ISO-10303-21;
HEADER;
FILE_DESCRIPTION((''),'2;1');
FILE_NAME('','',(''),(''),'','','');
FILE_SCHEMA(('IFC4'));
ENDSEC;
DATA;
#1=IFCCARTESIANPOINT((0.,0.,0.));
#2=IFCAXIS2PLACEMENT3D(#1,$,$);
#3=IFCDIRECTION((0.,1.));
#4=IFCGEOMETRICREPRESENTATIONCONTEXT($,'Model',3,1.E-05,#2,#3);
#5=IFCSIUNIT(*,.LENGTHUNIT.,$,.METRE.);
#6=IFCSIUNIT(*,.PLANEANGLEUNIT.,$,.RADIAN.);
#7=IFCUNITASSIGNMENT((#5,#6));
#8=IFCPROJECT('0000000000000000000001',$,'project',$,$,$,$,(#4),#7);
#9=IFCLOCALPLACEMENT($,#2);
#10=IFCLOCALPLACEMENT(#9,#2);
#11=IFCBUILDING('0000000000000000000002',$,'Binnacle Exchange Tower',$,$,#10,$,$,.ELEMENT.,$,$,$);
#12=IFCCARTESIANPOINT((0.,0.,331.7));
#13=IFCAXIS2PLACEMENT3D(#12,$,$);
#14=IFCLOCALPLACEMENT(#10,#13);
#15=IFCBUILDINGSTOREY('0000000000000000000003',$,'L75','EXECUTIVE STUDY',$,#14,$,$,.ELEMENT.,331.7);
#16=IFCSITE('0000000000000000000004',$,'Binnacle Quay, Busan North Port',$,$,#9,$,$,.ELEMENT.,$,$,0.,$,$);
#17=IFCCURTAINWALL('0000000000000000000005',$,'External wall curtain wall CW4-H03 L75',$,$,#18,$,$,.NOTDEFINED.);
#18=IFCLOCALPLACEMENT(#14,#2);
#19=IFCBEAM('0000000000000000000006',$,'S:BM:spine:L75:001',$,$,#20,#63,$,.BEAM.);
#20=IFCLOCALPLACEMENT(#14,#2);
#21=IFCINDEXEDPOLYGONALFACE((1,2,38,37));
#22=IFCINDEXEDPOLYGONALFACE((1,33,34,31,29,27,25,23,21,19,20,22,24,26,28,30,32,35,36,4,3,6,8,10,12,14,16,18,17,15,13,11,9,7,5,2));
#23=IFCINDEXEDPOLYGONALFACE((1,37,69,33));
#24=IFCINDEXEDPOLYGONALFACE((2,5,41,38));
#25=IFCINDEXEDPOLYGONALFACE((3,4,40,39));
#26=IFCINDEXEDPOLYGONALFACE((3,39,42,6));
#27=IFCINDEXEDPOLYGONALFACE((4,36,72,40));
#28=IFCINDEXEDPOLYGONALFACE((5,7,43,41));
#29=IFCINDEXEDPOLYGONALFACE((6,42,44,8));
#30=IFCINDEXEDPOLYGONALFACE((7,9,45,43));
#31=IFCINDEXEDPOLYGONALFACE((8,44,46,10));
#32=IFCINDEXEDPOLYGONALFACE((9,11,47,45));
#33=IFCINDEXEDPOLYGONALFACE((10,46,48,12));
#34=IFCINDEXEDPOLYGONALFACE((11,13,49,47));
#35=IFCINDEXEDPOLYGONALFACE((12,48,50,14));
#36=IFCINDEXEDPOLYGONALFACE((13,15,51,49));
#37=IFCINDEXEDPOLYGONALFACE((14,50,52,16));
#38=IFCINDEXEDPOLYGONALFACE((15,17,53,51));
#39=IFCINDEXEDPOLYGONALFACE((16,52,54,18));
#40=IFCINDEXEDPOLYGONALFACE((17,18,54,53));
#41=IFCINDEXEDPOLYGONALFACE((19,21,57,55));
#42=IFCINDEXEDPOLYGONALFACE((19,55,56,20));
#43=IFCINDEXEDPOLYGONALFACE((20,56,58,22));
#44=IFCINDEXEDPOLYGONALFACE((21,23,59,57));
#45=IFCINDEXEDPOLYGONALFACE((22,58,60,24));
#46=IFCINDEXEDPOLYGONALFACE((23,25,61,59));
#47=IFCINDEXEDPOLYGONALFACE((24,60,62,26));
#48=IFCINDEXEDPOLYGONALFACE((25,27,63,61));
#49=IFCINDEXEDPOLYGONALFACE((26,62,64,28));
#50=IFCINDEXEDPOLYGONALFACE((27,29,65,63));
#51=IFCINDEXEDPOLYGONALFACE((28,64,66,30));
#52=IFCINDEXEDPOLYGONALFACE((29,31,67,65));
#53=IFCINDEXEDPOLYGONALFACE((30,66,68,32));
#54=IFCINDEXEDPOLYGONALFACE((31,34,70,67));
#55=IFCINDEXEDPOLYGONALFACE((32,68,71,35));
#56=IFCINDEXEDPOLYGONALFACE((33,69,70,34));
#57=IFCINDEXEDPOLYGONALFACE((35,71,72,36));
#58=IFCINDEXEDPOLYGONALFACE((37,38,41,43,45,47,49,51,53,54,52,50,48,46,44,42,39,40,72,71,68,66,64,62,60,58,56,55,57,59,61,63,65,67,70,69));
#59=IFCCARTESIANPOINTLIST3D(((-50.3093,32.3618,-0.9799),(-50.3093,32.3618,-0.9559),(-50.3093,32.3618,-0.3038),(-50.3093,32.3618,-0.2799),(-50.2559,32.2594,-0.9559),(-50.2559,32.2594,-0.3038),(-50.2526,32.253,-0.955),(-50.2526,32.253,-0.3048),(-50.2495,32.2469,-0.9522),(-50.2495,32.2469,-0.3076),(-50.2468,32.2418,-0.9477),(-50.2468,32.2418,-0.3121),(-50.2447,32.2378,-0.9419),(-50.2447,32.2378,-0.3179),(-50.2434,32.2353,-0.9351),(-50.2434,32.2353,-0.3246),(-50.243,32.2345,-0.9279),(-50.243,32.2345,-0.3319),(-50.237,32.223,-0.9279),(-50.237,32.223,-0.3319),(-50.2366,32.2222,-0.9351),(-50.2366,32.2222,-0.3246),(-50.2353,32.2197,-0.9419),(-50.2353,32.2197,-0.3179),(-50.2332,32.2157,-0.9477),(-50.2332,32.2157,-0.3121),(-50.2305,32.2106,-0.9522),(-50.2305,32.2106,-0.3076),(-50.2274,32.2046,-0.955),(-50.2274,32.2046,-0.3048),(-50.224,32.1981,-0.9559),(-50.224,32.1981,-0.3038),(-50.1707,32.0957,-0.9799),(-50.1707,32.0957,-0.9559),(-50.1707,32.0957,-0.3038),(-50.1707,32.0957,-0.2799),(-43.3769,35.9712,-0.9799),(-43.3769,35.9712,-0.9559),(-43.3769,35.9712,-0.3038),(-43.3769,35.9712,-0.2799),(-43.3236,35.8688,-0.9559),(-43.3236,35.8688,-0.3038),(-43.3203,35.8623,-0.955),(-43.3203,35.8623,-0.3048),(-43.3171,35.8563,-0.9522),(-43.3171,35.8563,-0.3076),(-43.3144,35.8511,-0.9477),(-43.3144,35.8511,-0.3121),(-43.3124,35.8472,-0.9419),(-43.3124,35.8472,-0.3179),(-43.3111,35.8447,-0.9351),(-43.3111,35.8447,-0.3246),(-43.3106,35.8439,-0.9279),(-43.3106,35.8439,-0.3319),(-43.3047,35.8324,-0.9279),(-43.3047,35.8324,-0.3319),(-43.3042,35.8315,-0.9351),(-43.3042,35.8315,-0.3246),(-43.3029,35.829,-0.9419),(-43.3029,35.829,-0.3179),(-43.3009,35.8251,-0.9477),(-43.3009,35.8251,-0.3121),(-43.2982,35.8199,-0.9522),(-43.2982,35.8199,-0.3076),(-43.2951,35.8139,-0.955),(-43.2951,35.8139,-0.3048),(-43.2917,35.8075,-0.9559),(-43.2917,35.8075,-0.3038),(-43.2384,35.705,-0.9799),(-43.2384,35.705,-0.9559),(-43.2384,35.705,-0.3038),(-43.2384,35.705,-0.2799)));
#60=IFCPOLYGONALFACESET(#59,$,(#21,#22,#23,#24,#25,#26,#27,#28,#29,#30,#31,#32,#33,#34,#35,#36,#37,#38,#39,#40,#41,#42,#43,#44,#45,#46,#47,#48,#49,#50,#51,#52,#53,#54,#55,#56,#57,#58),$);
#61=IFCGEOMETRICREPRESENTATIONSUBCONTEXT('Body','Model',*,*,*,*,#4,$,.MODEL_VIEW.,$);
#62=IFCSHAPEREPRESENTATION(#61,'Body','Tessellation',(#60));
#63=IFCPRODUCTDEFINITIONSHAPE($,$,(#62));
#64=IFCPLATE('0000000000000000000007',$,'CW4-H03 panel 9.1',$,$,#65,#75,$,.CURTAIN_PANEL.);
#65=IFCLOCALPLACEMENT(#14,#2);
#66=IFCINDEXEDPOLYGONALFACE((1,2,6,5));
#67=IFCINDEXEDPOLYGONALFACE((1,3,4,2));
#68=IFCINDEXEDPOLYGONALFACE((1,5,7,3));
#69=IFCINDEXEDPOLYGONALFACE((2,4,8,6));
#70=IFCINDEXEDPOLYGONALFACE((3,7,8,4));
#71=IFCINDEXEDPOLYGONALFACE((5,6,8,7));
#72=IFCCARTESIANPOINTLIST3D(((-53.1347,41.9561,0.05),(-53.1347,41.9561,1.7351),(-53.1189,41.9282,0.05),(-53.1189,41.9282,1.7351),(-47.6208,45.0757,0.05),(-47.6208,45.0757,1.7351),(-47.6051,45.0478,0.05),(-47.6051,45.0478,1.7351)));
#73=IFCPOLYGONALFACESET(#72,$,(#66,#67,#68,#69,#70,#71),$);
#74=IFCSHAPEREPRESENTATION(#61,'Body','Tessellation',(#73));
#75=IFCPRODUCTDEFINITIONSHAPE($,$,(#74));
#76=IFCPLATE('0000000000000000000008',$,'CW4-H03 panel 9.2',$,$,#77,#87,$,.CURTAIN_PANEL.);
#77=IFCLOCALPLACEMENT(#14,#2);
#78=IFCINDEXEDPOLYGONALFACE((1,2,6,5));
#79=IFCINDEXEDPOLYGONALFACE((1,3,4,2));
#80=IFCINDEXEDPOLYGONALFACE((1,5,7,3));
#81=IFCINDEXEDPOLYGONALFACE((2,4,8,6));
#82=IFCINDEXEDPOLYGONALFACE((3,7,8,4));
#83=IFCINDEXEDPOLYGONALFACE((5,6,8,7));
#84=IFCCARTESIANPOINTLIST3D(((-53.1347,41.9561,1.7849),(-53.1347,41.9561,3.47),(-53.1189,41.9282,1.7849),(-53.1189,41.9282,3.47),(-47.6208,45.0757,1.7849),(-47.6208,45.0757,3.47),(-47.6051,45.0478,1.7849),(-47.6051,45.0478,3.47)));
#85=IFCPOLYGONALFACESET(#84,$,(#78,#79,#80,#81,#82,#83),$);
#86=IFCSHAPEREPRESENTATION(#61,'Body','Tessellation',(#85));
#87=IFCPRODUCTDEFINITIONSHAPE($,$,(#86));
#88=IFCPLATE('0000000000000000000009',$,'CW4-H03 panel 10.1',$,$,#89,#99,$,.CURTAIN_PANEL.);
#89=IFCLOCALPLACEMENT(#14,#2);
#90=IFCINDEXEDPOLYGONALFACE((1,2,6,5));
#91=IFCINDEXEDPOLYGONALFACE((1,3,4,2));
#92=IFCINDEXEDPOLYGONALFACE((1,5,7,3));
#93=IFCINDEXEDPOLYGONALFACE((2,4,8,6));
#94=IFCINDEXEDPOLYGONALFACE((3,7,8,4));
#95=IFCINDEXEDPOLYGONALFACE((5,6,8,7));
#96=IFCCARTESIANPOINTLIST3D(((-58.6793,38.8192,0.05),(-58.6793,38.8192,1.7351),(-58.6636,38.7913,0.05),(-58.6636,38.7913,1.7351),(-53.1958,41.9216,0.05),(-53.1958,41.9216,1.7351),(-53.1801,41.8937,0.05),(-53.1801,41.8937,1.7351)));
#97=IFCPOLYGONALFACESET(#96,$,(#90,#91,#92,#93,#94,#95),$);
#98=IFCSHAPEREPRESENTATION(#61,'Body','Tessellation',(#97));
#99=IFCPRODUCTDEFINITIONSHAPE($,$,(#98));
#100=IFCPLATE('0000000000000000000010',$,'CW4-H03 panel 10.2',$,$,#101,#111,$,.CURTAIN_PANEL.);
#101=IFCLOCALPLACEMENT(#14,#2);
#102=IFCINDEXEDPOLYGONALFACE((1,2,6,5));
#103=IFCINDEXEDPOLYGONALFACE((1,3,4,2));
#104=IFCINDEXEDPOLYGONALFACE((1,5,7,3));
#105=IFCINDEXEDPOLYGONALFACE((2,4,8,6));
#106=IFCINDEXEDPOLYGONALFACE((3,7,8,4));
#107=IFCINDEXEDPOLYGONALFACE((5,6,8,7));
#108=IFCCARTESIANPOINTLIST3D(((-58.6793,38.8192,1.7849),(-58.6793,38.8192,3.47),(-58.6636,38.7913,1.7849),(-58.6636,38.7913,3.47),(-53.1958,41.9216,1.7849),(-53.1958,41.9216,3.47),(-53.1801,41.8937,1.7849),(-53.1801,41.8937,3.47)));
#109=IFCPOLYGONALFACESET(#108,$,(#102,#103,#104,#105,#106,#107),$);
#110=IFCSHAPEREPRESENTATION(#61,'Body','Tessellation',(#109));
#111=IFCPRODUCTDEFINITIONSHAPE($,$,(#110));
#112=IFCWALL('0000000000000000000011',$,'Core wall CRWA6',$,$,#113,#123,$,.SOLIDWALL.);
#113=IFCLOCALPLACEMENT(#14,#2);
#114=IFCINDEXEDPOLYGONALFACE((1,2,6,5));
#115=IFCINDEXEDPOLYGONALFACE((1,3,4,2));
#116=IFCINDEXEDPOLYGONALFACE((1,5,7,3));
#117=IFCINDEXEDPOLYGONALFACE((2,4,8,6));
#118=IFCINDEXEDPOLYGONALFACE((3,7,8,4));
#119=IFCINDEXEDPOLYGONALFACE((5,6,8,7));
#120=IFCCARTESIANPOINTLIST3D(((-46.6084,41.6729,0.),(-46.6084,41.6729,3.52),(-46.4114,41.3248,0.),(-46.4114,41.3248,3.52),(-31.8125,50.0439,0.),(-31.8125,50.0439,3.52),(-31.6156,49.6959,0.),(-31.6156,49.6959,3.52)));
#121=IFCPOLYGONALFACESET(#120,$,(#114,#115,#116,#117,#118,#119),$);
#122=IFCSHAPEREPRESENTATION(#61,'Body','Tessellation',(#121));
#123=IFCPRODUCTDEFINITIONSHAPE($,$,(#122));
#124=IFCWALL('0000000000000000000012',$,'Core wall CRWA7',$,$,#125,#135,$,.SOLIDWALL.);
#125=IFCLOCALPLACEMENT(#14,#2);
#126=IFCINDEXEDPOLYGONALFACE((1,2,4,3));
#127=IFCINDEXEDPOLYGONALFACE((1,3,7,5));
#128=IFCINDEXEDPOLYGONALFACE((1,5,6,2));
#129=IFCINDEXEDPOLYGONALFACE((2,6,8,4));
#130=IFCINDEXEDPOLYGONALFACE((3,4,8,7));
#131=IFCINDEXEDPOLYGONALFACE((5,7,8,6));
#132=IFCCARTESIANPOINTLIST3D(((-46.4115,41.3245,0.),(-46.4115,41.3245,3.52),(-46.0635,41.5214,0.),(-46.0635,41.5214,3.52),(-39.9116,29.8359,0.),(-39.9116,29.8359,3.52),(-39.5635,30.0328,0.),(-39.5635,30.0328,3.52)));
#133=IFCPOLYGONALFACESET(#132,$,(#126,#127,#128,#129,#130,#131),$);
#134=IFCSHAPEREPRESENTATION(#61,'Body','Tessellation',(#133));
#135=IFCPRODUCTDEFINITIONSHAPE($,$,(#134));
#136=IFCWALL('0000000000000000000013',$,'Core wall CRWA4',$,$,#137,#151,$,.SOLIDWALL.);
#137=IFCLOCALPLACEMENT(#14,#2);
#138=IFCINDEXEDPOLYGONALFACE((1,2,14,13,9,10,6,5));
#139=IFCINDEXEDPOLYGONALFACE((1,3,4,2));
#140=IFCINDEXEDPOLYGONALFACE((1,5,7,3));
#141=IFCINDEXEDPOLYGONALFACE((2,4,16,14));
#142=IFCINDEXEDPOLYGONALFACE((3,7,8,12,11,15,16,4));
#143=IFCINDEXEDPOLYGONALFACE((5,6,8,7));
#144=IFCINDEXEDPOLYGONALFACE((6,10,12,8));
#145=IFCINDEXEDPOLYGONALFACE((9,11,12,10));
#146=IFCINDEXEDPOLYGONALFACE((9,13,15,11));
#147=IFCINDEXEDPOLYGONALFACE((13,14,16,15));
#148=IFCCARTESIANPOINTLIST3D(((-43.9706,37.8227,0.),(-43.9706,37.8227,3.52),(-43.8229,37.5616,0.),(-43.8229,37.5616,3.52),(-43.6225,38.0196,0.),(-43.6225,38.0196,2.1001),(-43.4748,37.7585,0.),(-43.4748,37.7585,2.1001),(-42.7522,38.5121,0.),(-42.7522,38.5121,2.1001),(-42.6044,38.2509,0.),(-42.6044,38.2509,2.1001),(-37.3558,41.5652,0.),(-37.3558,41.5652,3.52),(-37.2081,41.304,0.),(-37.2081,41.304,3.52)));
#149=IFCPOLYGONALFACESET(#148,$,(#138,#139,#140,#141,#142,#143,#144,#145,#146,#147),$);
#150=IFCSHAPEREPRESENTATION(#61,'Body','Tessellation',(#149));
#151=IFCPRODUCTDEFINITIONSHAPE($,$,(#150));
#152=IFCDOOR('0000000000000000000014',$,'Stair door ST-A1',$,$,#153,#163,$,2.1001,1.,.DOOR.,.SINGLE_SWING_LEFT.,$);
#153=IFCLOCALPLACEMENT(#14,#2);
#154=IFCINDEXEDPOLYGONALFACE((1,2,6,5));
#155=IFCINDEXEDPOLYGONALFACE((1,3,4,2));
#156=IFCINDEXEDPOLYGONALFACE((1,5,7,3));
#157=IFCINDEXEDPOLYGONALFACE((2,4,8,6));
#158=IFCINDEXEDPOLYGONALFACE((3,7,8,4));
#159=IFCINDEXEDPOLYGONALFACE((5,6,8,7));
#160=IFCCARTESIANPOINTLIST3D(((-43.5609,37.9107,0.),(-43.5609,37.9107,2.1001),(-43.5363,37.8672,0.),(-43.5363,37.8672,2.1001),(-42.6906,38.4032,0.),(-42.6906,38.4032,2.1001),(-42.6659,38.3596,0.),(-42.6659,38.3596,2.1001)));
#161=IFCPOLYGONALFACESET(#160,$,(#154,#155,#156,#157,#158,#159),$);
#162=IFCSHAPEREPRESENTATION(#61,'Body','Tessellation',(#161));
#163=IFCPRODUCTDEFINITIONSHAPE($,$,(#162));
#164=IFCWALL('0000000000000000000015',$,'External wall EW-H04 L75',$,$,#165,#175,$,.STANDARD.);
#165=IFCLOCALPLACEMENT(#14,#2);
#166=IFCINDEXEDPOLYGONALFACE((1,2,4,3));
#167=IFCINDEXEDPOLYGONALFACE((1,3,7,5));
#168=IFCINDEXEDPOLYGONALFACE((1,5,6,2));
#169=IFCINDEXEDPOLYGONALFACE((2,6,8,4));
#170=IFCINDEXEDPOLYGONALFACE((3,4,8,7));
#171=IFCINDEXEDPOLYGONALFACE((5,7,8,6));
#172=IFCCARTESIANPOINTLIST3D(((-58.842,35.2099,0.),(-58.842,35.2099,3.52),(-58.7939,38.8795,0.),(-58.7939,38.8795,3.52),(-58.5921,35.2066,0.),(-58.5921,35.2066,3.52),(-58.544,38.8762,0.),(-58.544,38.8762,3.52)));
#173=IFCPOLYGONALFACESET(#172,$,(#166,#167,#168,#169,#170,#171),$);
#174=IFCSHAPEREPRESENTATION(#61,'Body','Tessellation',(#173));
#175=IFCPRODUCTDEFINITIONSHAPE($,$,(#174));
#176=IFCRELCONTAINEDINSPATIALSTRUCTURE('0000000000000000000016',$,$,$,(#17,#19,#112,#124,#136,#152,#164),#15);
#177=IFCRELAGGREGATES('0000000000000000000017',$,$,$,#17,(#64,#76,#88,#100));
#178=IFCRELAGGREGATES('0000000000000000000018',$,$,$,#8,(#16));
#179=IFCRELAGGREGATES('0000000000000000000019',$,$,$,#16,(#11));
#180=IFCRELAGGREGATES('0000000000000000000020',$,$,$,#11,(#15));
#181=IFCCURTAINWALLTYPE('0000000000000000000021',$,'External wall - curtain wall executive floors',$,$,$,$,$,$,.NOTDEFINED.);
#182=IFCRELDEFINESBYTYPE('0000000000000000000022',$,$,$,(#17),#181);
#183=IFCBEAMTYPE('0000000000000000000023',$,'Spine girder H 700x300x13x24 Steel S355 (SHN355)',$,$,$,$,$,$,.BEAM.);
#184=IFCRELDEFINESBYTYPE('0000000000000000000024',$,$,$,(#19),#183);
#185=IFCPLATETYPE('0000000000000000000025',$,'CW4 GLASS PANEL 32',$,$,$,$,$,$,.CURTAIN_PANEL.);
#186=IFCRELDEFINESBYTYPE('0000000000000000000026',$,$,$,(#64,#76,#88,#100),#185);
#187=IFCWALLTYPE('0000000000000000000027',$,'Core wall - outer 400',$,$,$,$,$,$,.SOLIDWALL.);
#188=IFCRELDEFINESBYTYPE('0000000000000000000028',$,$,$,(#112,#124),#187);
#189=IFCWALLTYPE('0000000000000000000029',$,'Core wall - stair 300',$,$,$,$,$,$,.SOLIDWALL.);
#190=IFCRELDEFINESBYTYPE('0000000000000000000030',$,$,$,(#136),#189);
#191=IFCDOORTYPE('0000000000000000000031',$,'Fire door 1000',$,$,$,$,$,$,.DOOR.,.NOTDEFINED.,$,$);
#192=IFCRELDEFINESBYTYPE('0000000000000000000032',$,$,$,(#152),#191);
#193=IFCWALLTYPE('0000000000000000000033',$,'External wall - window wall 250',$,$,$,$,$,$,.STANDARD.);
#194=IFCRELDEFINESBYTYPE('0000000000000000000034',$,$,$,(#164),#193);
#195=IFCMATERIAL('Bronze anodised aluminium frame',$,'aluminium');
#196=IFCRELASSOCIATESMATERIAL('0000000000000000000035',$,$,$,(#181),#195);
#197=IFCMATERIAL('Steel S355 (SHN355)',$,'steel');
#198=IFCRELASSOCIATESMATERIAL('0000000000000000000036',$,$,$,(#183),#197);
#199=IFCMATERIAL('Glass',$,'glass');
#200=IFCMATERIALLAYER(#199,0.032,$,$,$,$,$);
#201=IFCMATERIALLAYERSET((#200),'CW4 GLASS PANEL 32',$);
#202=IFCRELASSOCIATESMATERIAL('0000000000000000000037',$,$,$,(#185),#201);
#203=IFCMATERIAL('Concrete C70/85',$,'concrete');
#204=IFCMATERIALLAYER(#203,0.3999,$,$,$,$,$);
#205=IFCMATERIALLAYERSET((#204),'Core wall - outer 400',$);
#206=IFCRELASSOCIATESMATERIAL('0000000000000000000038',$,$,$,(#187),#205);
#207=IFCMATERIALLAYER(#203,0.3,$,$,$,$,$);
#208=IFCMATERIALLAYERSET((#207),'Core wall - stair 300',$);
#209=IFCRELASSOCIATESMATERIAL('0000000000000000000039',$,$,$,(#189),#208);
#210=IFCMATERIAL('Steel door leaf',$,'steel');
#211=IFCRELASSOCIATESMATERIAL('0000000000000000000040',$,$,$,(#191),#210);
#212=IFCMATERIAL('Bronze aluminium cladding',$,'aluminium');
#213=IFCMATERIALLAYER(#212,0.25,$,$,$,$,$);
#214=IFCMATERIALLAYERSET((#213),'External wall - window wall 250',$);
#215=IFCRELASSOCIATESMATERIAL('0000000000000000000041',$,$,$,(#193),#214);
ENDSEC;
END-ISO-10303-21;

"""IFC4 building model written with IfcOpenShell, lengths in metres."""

from ifc_helpers import new_model, si_unit, direction, frame, frame_2d, origin, origin_2d, place, context, subcontext, project, spatial, rectangle, i_section, extrude, material, layer, layer_set, material_profile, profile_set, type_object, element, fill, aggregate, save


model = new_model("IFC4")

# Units and contexts
model_context = context("Model", 3, precision=1e-05, world=origin(), true_north=direction((0.0, 1.0)))
body_context = subcontext(model_context, "Body", "Model", "MODEL_VIEW")
ifc_project = project(units=[si_unit("LENGTHUNIT", "METRE"), si_unit("PLANEANGLEUNIT", "RADIAN")], contexts=[model_context])

# Site, building, storey
site_placement = place(None, origin())
site = spatial("IfcSite", under=ifc_project, at=site_placement, Name="Binnacle Quay, Busan North Port", CompositionType="ELEMENT", RefElevation=0.0)
building_placement = place(site_placement, origin())
building = spatial("IfcBuilding", under=site, at=building_placement, Name="Binnacle Exchange Tower", CompositionType="ELEMENT")
storey_placement = place(building_placement, frame((0.0, 0.0, 331.7)))
storey = spatial("IfcBuildingStorey", under=building, at=storey_placement, Name="L75", Description="EXECUTIVE STUDY", CompositionType="ELEMENT", Elevation=331.7)

# Curtain wall
ifc_material_1 = material(Name="Bronze anodised aluminium frame", Category="aluminium")
curtain_wall_type = type_object("IfcCurtainWallType", Name="External wall - curtain wall executive floors", PredefinedType="NOTDEFINED", material=ifc_material_1)
curtain_wall_placement = place(storey_placement, origin())
curtain_wall = element("IfcCurtainWall", 1, at=curtain_wall_placement, inside=storey, type_object=curtain_wall_type, Name="External wall curtain wall CW4-H03 L75", PredefinedType="NOTDEFINED")

# Beam
ifc_material_2 = material(Name="Steel S355 (SHN355)", Category="steel")
ifc_material_profile_1 = material_profile(ifc_material_2, i_section(OverallWidth=0.3, OverallDepth=0.7, WebThickness=0.0129, FlangeThickness=0.0239, FilletRadius=0.0281, at=origin_2d()), Name="H 700x300x13x24")
ifc_profile_set_1 = profile_set([ifc_material_profile_1], Name="Steel S355 (SHN355)")
beam_type_1 = type_object("IfcBeamType", Name="Spine girder H 700x300x13x24 Steel S355 (SHN355)", PredefinedType="BEAM", material=ifc_profile_set_1)
beam_1_placement = place(storey_placement, frame((-50.24, 32.2288, -0.6299), z_axis=(0.886979, 0.46181, 0.0), x_axis=(-0.46181, 0.886979, 0.0)))
element("IfcBeam", 2, at=beam_1_placement, inside=storey, type_object=beam_type_1, Name="S:BM:spine:L75:001", PredefinedType="BEAM", context=body_context, shape_type="SweptSolid", body=[
    extrude(i_section(OverallWidth=0.3, OverallDepth=0.7, WebThickness=0.0129, FlangeThickness=0.0239, FilletRadius=0.0281, at=origin_2d()), origin(), (0.0, 0.0, 1.0), 7.8157),
])

# Plates
ifc_material_3 = material(Name="Glass", Category="glass")
ifc_layer_1 = layer(ifc_material_3, 0.032)
ifc_layer_set_1 = layer_set([ifc_layer_1], Name="CW4 GLASS PANEL 32")
plate_type = type_object("IfcPlateType", Name="CW4 GLASS PANEL 32", PredefinedType="CURTAIN_PANEL", material=ifc_layer_set_1)
plate_1_placement = place(storey_placement, frame((-50.3699, 43.502, 0.05), z_axis=(0.0, 0.0, 1.0), x_axis=(-0.870356, -0.492424, 0.0)))
plate_1 = element("IfcPlate", 3, at=plate_1_placement, type_object=plate_type, Name="CW4-H03 panel 9.1", PredefinedType="CURTAIN_PANEL", context=body_context, shape_type="SweptSolid", body=[
    extrude(rectangle(XDim=6.3352, YDim=0.032, at=origin_2d()), origin(), (0.0, 0.0, 1.0), 1.6851),
])
plate_2_placement = place(storey_placement, frame((-50.3699, 43.502, 1.7849), z_axis=(0.0, 0.0, 1.0), x_axis=(-0.870356, -0.492424, 0.0)))
plate_2 = element("IfcPlate", 4, at=plate_2_placement, type_object=plate_type, Name="CW4-H03 panel 9.2", PredefinedType="CURTAIN_PANEL", context=body_context, shape_type="SweptSolid", body=[
    extrude(rectangle(XDim=6.3352, YDim=0.032, at=origin_2d()), origin(), (0.0, 0.0, 1.0), 1.6851),
])
plate_3_placement = place(storey_placement, frame((-55.9297, 40.3564, 0.05), z_axis=(0.0, 0.0, 1.0), x_axis=(-0.870356, -0.492424, 0.0)))
plate_3 = element("IfcPlate", 5, at=plate_3_placement, type_object=plate_type, Name="CW4-H03 panel 10.1", PredefinedType="CURTAIN_PANEL", context=body_context, shape_type="SweptSolid", body=[
    extrude(rectangle(XDim=6.3003, YDim=0.032, at=origin_2d()), origin(), (0.0, 0.0, 1.0), 1.6851),
])
plate_4_placement = place(storey_placement, frame((-55.9297, 40.3564, 1.7849), z_axis=(0.0, 0.0, 1.0), x_axis=(-0.870356, -0.492424, 0.0)))
plate_4 = element("IfcPlate", 6, at=plate_4_placement, type_object=plate_type, Name="CW4-H03 panel 10.2", PredefinedType="CURTAIN_PANEL", context=body_context, shape_type="SweptSolid", body=[
    extrude(rectangle(XDim=6.3003, YDim=0.032, at=origin_2d()), origin(), (0.0, 0.0, 1.0), 1.6851),
])
aggregate(curtain_wall, [plate_1, plate_2, plate_3, plate_4])

# Walls
ifc_material_4 = material(Name="Concrete C70/85", Category="concrete")
ifc_layer_2 = layer(ifc_material_4, 0.3999)
ifc_layer_set_2 = layer_set([ifc_layer_2], Name="Core wall - outer 400")
wall_type_1 = type_object("IfcWallType", Name="Core wall - outer 400", PredefinedType="SOLIDWALL", material=ifc_layer_set_2)
wall_1_placement = place(storey_placement, frame((-46.51, 41.4988, 0.0), z_axis=(0.0, 0.0, 1.0), x_axis=(0.870356, 0.492423, 0.0)))
element("IfcWall", 7, at=wall_1_placement, inside=storey, type_object=wall_type_1, Name="Core wall CRWA6", PredefinedType="SOLIDWALL", context=body_context, shape_type="SweptSolid", body=[
    extrude(rectangle(XDim=16.9998, YDim=0.3999, at=frame_2d((8.5, 0.0))), origin(), (0.0, 0.0, 1.0), 3.52),
])
wall_2_placement = place(storey_placement, frame((-46.2375, 41.4231, 0.0), z_axis=(0.0, 0.0, 1.0), x_axis=(0.492422, -0.870357, 0.0)))
element("IfcWall", 8, at=wall_2_placement, inside=storey, type_object=wall_type_1, Name="Core wall CRWA7", PredefinedType="SOLIDWALL", context=body_context, shape_type="SweptSolid", body=[
    extrude(rectangle(XDim=13.2, YDim=0.3999, at=frame_2d((6.6001, 0.0))), origin(), (0.0, 0.0, 1.0), 3.52),
])

# Wall, opening, door
ifc_layer_3 = layer(ifc_material_4, 0.3)
ifc_layer_set_3 = layer_set([ifc_layer_3], Name="Core wall - stair 300")
wall_type_2 = type_object("IfcWallType", Name="Core wall - stair 300", PredefinedType="SOLIDWALL", material=ifc_layer_set_3)
wall_3_placement = place(storey_placement, frame((-43.8967, 37.6921, 0.0), z_axis=(0.0, 0.0, 1.0), x_axis=(0.870356, 0.492422, 0.0)))
wall_3 = element("IfcWall", 9, at=wall_3_placement, inside=storey, type_object=wall_type_2, Name="Core wall CRWA4", PredefinedType="SOLIDWALL", context=body_context, shape_type="SweptSolid", body=[
    extrude(rectangle(XDim=7.6001, YDim=0.3, at=frame_2d((3.8, 0.0))), origin(), (0.0, 0.0, 1.0), 3.52),
])
opening_1_placement = place(wall_3_placement, frame((0.3999, 0.0, 0.0)))
opening_1 = element("IfcOpeningElement", 10, at=opening_1_placement, cuts=wall_3, PredefinedType="OPENING", context=body_context, shape_type="SweptSolid", body=[
    extrude(rectangle(XDim=1.0, YDim=2.1001, at=frame_2d((0.5, 1.05))), frame((0.0, 0.1599, 0.0), z_axis=(0.0, -1.0, 0.0), x_axis=(1.0, 0.0, 0.0)), (0.0, 0.0, 1.0), 0.3201),
])
ifc_material_5 = material(Name="Steel door leaf", Category="steel")
door_type = type_object("IfcDoorType", Name="Fire door 1000", OperationType="NOTDEFINED", PredefinedType="DOOR", material=ifc_material_5)
door_placement = place(opening_1_placement, origin())
door = element("IfcDoor", 11, at=door_placement, inside=storey, type_object=door_type, Name="Stair door ST-A1", OperationType="SINGLE_SWING_LEFT", OverallHeight=2.1001, OverallWidth=1.0, PredefinedType="DOOR", context=body_context, shape_type="SweptSolid", body=[
    extrude(rectangle(XDim=1.0, YDim=2.1001, at=frame_2d((0.5, 1.05))), frame((0.0, 0.0249, 0.0), z_axis=(0.0, -1.0, 0.0), x_axis=(1.0, 0.0, 0.0)), (0.0, 0.0, 1.0), 0.05),
])
fill(opening_1, door)

# Wall
ifc_material_6 = material(Name="Bronze aluminium cladding", Category="aluminium")
ifc_layer_4 = layer(ifc_material_6, 0.25)
ifc_layer_set_4 = layer_set([ifc_layer_4], Name="External wall - window wall 250")
wall_type_3 = type_object("IfcWallType", Name="External wall - window wall 250", PredefinedType="STANDARD", material=ifc_layer_set_4)
wall_4_placement = place(storey_placement, frame((-58.717, 35.2083, 0.0), z_axis=(0.0, 0.0, 1.0), x_axis=(0.013105, 0.999914, 0.0)))
element("IfcWall", 12, at=wall_4_placement, inside=storey, type_object=wall_type_3, Name="External wall EW-H04 L75", PredefinedType="STANDARD", context=body_context, shape_type="SweptSolid", body=[
    extrude(rectangle(XDim=3.6699, YDim=0.25, at=frame_2d((1.835, 0.0))), origin(), (0.0, 0.0, 1.0), 3.52),
])

save(model, "model.ifc")
